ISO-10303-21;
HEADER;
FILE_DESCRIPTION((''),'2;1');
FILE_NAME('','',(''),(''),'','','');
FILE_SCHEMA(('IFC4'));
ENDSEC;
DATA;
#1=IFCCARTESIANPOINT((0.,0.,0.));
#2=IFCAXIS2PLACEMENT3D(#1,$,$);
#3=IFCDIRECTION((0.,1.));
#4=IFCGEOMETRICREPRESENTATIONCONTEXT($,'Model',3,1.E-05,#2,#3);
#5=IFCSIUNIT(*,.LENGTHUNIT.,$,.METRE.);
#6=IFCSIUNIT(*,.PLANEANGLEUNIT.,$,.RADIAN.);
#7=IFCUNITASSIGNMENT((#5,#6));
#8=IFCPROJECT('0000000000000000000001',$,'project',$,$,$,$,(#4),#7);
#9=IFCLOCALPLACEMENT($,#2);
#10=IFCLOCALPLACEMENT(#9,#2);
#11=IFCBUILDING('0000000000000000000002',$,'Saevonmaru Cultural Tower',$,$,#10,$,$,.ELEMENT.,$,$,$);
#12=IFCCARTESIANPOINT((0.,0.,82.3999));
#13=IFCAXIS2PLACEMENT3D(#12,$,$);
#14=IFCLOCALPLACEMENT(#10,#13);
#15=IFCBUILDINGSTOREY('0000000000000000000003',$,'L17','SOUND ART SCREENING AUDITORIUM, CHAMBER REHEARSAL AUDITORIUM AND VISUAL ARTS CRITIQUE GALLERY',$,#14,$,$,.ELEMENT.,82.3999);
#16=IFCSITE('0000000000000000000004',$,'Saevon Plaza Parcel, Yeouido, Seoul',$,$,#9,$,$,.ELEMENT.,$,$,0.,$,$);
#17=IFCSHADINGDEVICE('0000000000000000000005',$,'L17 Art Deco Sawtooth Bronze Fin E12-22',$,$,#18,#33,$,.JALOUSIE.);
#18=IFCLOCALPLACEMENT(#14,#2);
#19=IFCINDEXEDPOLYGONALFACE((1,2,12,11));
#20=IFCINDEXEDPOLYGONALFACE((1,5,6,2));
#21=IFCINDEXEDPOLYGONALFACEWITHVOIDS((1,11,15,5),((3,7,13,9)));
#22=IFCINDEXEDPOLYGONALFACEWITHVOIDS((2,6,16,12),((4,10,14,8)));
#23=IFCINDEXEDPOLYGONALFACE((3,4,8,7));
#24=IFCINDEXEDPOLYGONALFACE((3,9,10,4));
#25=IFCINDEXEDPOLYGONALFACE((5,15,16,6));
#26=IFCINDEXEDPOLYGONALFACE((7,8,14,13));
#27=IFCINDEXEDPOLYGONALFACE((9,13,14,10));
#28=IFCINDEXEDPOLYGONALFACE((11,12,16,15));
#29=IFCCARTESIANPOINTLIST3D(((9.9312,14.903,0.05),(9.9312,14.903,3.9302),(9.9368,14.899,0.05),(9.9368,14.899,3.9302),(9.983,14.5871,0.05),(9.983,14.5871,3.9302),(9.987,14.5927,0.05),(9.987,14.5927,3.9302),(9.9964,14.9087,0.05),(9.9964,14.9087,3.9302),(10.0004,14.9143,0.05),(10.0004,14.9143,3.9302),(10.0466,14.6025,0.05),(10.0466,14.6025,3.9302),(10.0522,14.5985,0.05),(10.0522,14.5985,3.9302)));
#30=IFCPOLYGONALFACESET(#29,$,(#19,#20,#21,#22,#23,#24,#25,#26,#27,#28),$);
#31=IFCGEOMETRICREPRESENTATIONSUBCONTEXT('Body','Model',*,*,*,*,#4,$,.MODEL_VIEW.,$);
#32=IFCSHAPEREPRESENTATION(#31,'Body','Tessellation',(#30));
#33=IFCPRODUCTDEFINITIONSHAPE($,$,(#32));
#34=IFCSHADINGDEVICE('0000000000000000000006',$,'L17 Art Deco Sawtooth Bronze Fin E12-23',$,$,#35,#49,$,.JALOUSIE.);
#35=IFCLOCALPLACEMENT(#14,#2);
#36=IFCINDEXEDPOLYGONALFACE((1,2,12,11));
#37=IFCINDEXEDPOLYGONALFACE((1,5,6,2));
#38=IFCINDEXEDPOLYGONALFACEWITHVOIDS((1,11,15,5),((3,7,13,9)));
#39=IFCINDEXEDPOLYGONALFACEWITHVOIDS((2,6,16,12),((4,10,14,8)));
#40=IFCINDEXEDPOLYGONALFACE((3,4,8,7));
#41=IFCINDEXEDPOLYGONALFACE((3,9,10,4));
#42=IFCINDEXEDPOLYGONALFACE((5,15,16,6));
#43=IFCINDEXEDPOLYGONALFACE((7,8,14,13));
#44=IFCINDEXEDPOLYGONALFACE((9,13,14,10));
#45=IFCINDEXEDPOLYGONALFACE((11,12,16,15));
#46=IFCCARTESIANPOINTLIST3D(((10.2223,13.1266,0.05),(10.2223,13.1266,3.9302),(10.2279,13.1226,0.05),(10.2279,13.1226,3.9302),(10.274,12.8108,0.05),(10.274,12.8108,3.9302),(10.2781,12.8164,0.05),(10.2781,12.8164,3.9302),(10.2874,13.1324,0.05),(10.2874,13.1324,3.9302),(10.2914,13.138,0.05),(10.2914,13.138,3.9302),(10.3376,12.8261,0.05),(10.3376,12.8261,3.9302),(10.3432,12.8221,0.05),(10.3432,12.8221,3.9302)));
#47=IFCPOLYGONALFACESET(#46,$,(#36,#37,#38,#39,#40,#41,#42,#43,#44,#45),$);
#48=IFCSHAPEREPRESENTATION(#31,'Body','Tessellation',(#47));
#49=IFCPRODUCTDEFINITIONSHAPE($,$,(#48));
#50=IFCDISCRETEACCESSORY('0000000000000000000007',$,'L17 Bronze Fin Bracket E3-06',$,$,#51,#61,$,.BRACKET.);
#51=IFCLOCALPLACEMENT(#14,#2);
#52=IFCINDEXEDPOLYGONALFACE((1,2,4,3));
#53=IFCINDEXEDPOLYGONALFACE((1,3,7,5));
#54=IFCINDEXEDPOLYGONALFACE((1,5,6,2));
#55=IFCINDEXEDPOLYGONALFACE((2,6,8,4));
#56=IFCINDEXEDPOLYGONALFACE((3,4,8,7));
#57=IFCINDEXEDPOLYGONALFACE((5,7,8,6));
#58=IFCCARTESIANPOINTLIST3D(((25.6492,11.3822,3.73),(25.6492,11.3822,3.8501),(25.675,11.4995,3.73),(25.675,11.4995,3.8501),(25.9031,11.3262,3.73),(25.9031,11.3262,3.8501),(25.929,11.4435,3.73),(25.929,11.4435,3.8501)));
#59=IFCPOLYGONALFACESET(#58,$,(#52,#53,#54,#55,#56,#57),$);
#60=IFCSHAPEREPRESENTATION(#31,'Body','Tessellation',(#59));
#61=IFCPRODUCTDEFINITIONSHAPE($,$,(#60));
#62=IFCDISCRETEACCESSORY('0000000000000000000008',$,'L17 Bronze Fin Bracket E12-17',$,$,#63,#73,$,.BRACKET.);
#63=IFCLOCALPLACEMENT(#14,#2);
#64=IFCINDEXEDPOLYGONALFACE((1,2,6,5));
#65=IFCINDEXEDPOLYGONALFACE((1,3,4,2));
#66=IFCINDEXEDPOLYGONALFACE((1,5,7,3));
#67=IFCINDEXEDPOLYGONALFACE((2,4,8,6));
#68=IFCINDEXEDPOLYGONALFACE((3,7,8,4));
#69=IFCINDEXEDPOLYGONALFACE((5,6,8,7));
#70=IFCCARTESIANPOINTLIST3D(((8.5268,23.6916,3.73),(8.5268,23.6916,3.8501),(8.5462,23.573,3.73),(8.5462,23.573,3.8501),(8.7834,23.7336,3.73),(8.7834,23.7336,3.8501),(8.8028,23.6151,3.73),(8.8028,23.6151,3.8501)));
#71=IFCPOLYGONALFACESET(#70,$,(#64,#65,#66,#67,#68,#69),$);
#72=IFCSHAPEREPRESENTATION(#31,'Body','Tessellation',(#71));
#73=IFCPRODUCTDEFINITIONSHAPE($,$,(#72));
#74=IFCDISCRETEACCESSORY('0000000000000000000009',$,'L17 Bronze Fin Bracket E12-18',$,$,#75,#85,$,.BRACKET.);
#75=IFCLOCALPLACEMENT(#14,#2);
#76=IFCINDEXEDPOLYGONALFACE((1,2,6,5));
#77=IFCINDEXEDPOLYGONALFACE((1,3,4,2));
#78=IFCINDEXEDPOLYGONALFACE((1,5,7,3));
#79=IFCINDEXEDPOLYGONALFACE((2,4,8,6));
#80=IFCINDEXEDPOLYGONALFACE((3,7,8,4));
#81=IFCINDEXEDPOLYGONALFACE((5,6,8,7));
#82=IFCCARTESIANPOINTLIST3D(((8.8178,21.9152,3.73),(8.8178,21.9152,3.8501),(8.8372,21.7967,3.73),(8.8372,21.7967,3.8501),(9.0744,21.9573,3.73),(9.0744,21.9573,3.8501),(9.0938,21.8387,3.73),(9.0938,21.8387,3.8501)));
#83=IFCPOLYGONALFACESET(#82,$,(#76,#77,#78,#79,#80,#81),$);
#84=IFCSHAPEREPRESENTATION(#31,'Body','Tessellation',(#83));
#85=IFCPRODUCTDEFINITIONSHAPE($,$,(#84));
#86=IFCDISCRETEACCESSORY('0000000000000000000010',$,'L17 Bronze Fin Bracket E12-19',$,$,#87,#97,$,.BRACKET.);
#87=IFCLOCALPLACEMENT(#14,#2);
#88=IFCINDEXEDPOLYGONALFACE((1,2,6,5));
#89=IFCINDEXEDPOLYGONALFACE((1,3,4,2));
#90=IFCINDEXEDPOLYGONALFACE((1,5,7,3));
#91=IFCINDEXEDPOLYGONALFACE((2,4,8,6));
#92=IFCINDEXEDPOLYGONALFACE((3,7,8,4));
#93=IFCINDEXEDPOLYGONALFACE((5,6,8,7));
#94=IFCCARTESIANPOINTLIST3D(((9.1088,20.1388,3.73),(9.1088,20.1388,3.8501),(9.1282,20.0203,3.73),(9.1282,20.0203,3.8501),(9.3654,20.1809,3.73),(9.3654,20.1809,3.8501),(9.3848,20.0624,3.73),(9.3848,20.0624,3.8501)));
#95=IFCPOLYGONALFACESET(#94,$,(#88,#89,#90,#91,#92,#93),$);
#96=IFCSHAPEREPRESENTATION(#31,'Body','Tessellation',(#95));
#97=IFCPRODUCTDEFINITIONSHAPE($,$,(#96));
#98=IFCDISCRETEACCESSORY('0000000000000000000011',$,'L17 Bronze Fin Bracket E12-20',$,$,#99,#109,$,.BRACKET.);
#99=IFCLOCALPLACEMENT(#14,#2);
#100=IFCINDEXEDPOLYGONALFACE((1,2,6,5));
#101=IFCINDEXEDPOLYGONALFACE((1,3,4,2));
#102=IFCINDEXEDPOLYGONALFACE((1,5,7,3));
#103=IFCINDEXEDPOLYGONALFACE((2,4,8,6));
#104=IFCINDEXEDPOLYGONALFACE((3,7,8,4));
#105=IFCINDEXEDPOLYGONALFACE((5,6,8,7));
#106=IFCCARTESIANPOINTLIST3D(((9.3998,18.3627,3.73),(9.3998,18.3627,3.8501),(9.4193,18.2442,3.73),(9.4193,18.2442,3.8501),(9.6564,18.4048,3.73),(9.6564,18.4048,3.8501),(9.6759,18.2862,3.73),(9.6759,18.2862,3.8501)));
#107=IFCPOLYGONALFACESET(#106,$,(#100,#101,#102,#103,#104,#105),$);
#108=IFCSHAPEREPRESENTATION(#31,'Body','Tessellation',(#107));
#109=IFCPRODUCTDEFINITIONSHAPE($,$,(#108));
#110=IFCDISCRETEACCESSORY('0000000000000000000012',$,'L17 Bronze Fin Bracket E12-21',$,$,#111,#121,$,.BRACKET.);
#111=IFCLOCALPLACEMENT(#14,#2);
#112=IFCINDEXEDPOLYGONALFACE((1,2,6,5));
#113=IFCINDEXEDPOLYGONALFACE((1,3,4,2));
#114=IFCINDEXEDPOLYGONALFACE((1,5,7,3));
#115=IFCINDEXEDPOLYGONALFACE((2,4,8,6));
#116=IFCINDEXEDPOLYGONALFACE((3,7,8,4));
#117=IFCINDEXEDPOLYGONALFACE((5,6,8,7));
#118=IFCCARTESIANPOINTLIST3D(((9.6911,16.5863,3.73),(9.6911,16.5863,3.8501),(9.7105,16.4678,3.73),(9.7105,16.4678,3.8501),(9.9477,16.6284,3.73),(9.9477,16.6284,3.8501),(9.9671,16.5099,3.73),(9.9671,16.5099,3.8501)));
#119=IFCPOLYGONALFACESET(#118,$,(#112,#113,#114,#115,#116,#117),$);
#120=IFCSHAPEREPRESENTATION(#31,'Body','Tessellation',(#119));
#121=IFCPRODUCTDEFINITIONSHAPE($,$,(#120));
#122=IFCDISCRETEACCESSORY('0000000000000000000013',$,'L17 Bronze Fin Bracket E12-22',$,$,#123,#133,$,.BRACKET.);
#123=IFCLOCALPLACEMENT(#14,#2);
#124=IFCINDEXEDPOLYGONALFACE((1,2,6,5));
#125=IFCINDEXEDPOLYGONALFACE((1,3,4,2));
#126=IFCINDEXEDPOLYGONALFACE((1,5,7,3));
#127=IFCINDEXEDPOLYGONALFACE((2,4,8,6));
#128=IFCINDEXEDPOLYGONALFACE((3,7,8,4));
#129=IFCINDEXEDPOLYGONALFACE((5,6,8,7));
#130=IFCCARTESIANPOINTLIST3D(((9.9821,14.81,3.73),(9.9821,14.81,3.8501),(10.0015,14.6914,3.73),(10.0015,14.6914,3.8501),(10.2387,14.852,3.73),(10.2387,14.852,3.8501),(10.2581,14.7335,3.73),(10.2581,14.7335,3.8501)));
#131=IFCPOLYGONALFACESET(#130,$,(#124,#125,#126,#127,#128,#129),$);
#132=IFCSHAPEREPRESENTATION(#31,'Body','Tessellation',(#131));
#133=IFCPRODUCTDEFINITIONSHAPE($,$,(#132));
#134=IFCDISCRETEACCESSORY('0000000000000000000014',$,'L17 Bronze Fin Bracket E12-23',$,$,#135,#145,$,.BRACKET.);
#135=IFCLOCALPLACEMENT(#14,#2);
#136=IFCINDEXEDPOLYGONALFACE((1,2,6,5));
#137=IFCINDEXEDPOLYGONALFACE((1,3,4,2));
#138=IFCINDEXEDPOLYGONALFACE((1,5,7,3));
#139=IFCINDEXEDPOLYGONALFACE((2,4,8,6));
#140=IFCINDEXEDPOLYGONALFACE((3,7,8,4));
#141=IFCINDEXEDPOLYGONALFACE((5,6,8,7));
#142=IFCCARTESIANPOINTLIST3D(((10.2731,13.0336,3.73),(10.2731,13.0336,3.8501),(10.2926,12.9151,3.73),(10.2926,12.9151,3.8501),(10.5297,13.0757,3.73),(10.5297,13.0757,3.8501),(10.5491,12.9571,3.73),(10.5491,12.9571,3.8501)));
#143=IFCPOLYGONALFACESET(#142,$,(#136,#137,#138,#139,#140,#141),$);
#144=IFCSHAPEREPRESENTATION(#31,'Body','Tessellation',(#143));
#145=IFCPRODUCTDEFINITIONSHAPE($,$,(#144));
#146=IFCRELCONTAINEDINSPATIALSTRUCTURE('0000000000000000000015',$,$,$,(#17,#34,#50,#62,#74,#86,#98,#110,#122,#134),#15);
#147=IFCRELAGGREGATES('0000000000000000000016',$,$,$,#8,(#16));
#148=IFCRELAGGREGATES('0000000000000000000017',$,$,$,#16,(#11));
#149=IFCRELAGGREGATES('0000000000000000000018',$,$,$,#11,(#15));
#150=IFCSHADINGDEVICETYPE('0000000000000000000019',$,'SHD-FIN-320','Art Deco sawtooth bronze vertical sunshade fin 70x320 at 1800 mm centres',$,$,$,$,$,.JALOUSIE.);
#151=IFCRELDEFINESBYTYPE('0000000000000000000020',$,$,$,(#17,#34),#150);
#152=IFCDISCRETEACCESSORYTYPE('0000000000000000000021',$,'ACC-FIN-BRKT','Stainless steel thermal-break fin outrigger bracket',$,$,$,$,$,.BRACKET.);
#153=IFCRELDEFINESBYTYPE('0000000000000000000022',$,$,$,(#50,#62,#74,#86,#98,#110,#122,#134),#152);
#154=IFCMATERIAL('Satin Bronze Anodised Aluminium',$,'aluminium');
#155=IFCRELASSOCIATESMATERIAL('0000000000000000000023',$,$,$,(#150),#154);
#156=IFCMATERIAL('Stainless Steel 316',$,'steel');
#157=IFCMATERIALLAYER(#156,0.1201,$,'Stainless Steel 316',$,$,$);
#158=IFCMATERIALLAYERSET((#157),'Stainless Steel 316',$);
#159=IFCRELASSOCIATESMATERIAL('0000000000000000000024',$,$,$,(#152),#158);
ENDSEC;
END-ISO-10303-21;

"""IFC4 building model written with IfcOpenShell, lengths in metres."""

from ifc_helpers import new_model, si_unit, direction, frame, origin, origin_2d, place, context, subcontext, project, spatial, rectangle, hollow_rectangle, extrude, material, layer, layer_set, material_profile, profile_set, type_object, element, save


model = new_model("IFC4")

# Units and contexts
model_context = context("Model", 3, precision=1e-05, world=origin(), true_north=direction((0.0, 1.0)))
body_context = subcontext(model_context, "Body", "Model", "MODEL_VIEW")
ifc_project = project(units=[si_unit("LENGTHUNIT", "METRE"), si_unit("PLANEANGLEUNIT", "RADIAN")], contexts=[model_context])

# Site, building, storey
site_placement = place(None, origin())
site = spatial("IfcSite", under=ifc_project, at=site_placement, Name="Saevon Plaza Parcel, Yeouido, Seoul", CompositionType="ELEMENT", RefElevation=0.0)
building_placement = place(site_placement, origin())
building = spatial("IfcBuilding", under=site, at=building_placement, Name="Saevonmaru Cultural Tower", CompositionType="ELEMENT")
storey_placement = place(building_placement, frame((0.0, 0.0, 82.3999)))
storey = spatial("IfcBuildingStorey", under=building, at=storey_placement, Name="L17", Description="SOUND ART SCREENING AUDITORIUM, CHAMBER REHEARSAL AUDITORIUM AND VISUAL ARTS CRITIQUE GALLERY", CompositionType="ELEMENT", Elevation=82.3999)

# Shared definitions
ifc_material_1 = material(Name="Satin Bronze Anodised Aluminium", Category="aluminium")

# Shading devices
ifc_material_profile_1 = material_profile(ifc_material_1, hollow_rectangle(XDim=0.0701, YDim=0.3201, WallThickness=0.0049, at=origin_2d()), Name="FIN-320x70")
ifc_profile_set_1 = profile_set([ifc_material_profile_1], Name="Satin Bronze Anodised Aluminium")
shading_device_type = type_object("IfcShadingDeviceType", Name="SHD-FIN-320", Description="Art Deco sawtooth bronze vertical sunshade fin 70x320 at 1800 mm centres", PredefinedType="JALOUSIE", material=ifc_profile_set_1)
for number, where, z_axis, x_axis, name in (
    (1, (9.9917, 14.7507, 0.05), (0.0, 0.0, 1.0), (-0.986827, -0.161776, 0.0), "L17 Art Deco Sawtooth Bronze Fin E12-22"),
    (2, (10.2827, 12.9744, 0.05), (0.0, 0.0, 1.0), (-0.986827, -0.161776, 0.0), "L17 Art Deco Sawtooth Bronze Fin E12-23"),
):
    element("IfcShadingDevice", number, at=place(storey_placement, frame(where, z_axis=z_axis, x_axis=x_axis)), inside=storey, type_object=shading_device_type, Name=name, PredefinedType="JALOUSIE", context=body_context, shape_type="SweptSolid", body=[
        extrude(hollow_rectangle(XDim=0.0701, YDim=0.3201, WallThickness=0.0049, at=origin_2d()), origin(), (0.0, 0.0, 1.0), 3.8801),
    ])

# Discrete accessories
ifc_material_2 = material(Name="Stainless Steel 316", Category="steel")
ifc_layer_1 = layer(ifc_material_2, 0.1201, Name="Stainless Steel 316")
ifc_layer_set_1 = layer_set([ifc_layer_1], Name="Stainless Steel 316")
discrete_accessory_type = type_object("IfcDiscreteAccessoryType", Name="ACC-FIN-BRKT", Description="Stainless steel thermal-break fin outrigger bracket", PredefinedType="BRACKET", material=ifc_layer_set_1)
for number, where, z_axis, x_axis, name in (
    (3, (25.7891, 11.4128, 3.73), (0.0, 0.0, 1.0), (0.976522, -0.215417, 0.0), "L17 Bronze Fin Bracket E3-06"),
    (4, (8.6648, 23.6533, 3.73), (0.0, 0.0, 1.0), (-0.986827, -0.161776, 0.0), "L17 Bronze Fin Bracket E12-17"),
    (5, (8.9558, 21.877, 3.73), (0.0, 0.0, 1.0), (-0.986827, -0.161776, 0.0), "L17 Bronze Fin Bracket E12-18"),
    (6, (9.2468, 20.1006, 3.73), (0.0, 0.0, 1.0), (-0.986827, -0.161776, 0.0), "L17 Bronze Fin Bracket E12-19"),
    (7, (9.5378, 18.3245, 3.73), (0.0, 0.0, 1.0), (-0.986827, -0.161776, 0.0), "L17 Bronze Fin Bracket E12-20"),
    (8, (9.8291, 16.5481, 3.73), (0.0, 0.0, 1.0), (-0.986827, -0.161776, 0.0), "L17 Bronze Fin Bracket E12-21"),
    (9, (10.1201, 14.7717, 3.73), (0.0, 0.0, 1.0), (-0.986827, -0.161776, 0.0), "L17 Bronze Fin Bracket E12-22"),
    (10, (10.4111, 12.9954, 3.73), (0.0, 0.0, 1.0), (-0.986827, -0.161776, 0.0), "L17 Bronze Fin Bracket E12-23"),
):
    element("IfcDiscreteAccessory", number, at=place(storey_placement, frame(where, z_axis=z_axis, x_axis=x_axis)), inside=storey, type_object=discrete_accessory_type, Name=name, PredefinedType="BRACKET", context=body_context, shape_type="SweptSolid", body=[
        extrude(rectangle(XDim=0.26, YDim=0.1201, at=origin_2d()), origin(), (0.0, 0.0, 1.0), 0.1201),
    ])

save(model, "model.ifc")
